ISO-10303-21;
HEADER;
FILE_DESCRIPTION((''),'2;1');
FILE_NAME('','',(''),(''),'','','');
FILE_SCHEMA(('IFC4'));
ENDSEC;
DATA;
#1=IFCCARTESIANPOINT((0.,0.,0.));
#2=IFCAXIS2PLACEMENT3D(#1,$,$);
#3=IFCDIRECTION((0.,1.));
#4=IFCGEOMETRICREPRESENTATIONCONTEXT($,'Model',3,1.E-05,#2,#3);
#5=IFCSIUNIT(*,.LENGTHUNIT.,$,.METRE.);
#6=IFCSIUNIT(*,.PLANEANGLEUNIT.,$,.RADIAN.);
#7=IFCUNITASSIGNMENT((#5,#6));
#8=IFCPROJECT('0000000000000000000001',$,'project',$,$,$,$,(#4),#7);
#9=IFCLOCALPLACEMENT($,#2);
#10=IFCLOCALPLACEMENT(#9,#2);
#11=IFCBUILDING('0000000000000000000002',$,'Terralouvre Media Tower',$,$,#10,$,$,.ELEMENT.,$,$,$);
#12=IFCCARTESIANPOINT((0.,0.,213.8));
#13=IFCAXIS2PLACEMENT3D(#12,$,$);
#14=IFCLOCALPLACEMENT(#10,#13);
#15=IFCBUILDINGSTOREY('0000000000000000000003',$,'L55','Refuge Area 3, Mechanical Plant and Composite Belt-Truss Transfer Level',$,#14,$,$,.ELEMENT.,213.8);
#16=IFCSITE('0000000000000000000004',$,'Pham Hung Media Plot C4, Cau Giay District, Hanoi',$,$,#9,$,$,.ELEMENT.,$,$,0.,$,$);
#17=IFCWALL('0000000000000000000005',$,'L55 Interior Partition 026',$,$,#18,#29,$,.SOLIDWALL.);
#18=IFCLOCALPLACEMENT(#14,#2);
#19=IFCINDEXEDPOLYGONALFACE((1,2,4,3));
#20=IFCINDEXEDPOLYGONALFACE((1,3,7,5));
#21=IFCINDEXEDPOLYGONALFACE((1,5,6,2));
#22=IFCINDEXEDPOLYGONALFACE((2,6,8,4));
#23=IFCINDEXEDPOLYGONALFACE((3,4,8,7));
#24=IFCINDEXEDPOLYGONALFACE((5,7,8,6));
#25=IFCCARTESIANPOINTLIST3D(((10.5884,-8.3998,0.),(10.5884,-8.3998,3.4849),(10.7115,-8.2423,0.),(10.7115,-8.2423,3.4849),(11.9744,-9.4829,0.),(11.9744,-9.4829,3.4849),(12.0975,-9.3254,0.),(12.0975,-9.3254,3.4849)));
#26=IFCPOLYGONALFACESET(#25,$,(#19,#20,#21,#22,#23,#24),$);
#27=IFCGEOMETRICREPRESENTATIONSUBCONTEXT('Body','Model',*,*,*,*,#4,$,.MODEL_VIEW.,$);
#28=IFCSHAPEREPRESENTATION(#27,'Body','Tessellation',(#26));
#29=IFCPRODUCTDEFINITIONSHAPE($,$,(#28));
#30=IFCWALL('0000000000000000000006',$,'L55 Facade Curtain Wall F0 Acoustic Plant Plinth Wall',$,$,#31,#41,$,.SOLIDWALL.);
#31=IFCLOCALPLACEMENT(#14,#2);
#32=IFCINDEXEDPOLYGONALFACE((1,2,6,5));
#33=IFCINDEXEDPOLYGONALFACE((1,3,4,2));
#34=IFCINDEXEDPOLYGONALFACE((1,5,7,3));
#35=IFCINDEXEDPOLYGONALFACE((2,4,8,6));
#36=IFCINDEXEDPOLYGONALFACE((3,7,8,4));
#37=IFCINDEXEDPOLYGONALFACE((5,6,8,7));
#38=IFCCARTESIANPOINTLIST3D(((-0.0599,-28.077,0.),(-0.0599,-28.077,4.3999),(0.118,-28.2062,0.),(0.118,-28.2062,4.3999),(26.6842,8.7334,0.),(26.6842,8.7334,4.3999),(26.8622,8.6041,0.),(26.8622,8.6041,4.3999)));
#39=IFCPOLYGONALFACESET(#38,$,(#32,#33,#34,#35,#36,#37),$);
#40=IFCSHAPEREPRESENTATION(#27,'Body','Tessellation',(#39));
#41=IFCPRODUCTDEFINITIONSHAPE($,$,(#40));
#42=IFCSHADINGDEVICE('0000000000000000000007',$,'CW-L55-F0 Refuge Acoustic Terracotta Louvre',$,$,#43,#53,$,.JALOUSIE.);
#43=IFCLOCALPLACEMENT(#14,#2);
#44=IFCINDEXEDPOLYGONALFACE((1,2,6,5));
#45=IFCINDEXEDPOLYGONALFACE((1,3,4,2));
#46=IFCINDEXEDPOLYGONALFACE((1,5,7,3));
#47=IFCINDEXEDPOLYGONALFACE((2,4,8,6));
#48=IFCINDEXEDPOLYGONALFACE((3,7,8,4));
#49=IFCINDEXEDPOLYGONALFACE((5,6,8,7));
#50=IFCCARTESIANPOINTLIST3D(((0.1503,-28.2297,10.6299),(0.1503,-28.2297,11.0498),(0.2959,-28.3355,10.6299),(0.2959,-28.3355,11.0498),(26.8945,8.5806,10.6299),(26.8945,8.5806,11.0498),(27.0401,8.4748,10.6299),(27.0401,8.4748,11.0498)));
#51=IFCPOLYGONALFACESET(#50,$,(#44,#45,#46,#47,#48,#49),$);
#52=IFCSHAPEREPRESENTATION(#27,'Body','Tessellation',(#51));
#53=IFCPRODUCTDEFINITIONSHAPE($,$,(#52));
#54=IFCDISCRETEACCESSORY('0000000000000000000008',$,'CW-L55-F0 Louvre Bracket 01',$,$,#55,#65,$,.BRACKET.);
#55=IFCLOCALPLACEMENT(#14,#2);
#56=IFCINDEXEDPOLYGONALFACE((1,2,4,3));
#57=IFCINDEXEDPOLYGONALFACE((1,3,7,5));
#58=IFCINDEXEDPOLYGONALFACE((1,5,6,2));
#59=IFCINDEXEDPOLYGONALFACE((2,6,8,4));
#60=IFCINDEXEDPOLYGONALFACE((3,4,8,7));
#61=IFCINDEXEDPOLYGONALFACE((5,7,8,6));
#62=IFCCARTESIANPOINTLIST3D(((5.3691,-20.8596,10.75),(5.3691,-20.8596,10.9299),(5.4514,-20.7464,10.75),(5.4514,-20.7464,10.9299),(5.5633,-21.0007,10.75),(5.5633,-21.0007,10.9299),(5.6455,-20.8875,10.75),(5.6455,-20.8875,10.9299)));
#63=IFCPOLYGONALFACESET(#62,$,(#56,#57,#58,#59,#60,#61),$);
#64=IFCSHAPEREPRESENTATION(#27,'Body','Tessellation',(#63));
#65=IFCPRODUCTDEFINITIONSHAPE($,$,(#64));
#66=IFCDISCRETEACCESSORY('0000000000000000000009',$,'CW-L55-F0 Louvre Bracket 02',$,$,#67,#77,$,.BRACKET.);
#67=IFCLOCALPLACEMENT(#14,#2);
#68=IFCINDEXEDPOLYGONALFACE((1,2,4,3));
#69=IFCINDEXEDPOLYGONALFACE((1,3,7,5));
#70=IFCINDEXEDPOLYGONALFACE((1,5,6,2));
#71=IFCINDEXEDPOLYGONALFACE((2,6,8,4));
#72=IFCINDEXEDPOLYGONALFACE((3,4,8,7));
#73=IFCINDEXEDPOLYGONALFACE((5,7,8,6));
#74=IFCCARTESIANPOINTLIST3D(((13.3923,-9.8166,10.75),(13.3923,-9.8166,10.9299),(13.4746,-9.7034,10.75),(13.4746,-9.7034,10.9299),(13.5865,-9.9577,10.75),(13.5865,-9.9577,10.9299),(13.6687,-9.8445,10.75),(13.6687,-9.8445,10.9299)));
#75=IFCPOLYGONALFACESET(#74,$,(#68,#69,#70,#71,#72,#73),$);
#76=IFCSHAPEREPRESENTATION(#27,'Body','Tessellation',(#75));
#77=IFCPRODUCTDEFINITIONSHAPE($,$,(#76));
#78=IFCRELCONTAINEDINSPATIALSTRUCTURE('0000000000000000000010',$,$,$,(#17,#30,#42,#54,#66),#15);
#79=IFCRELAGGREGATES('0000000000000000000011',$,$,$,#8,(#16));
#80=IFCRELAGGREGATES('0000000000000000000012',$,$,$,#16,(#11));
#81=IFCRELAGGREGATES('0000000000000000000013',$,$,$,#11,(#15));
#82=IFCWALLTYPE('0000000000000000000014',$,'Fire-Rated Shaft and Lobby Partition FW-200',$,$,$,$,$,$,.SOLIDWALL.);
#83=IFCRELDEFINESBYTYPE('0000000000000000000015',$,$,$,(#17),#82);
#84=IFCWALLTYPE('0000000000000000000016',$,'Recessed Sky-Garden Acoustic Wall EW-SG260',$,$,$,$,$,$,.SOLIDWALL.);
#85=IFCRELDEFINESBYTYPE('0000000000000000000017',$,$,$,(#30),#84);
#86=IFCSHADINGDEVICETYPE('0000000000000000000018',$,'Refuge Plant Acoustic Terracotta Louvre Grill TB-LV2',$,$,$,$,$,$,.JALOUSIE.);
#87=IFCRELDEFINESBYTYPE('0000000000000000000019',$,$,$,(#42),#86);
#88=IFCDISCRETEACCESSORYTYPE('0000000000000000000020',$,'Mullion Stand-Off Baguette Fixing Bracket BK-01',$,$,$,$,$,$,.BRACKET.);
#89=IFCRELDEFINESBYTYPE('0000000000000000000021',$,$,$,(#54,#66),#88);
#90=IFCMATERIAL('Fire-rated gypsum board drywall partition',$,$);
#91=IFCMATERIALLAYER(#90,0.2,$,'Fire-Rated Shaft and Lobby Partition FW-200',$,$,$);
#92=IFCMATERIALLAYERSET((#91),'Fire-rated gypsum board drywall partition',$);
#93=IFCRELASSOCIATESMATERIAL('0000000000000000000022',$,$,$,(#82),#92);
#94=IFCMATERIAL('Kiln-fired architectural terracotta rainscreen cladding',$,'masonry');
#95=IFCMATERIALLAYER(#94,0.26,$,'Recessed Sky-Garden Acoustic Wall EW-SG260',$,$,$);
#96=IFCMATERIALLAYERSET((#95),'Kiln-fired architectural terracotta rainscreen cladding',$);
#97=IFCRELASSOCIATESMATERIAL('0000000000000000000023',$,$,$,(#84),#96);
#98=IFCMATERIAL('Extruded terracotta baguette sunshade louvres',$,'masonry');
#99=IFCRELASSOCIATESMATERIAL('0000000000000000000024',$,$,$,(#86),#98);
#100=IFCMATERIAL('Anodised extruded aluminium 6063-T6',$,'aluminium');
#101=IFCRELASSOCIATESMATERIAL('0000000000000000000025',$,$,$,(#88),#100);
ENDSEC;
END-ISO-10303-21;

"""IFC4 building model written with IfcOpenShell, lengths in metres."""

from ifc_helpers import new_model, si_unit, direction, frame, frame_2d, origin, origin_2d, place, context, subcontext, project, spatial, rectangle, extrude, material, layer, layer_set, type_object, element, save


model = new_model("IFC4")

# Units and contexts
model_context = context("Model", 3, precision=1e-05, world=origin(), true_north=direction((0.0, 1.0)))
body_context = subcontext(model_context, "Body", "Model", "MODEL_VIEW")
ifc_project = project(units=[si_unit("LENGTHUNIT", "METRE"), si_unit("PLANEANGLEUNIT", "RADIAN")], contexts=[model_context])

# Site, building, storey
site_placement = place(None, origin())
site = spatial("IfcSite", under=ifc_project, at=site_placement, Name="Pham Hung Media Plot C4, Cau Giay District, Hanoi", CompositionType="ELEMENT", RefElevation=0.0)
building_placement = place(site_placement, origin())
building = spatial("IfcBuilding", under=site, at=building_placement, Name="Terralouvre Media Tower", CompositionType="ELEMENT")
storey_placement = place(building_placement, frame((0.0, 0.0, 213.8)))
storey = spatial("IfcBuildingStorey", under=building, at=storey_placement, Name="L55", Description="Refuge Area 3, Mechanical Plant and Composite Belt-Truss Transfer Level", CompositionType="ELEMENT", Elevation=213.8)

# Shared definitions
ifc_material_1 = material(Name="Fire-rated gypsum board drywall partition")
ifc_layer_1 = layer(ifc_material_1, 0.2, Name="Fire-Rated Shaft and Lobby Partition FW-200")
ifc_layer_set_1 = layer_set([ifc_layer_1], Name="Fire-rated gypsum board drywall partition")
wall_type_1 = type_object("IfcWallType", Name="Fire-Rated Shaft and Lobby Partition FW-200", PredefinedType="SOLIDWALL", material=ifc_layer_set_1)

# Walls
wall_1_placement = place(storey_placement, frame((12.0359, -9.4041, 0.0), z_axis=(0.0, 0.0, 1.0), x_axis=(-0.787968, 0.615717, 0.0)))
element("IfcWall", 1, at=wall_1_placement, inside=storey, type_object=wall_type_1, Name="L55 Interior Partition 026", PredefinedType="SOLIDWALL", context=body_context, shape_type="SweptSolid", body=[
    extrude(rectangle(XDim=1.759, YDim=0.2, at=frame_2d((0.8794, 0.0))), origin(), (0.0, 0.0, 1.0), 3.4849),
])
ifc_material_2 = material(Name="Kiln-fired architectural terracotta rainscreen cladding", Category="masonry")
ifc_layer_2 = layer(ifc_material_2, 0.26, Name="Recessed Sky-Garden Acoustic Wall EW-SG260")
ifc_layer_set_2 = layer_set([ifc_layer_2], Name="Kiln-fired architectural terracotta rainscreen cladding")
wall_type_2 = type_object("IfcWallType", Name="Recessed Sky-Garden Acoustic Wall EW-SG260", PredefinedType="SOLIDWALL", material=ifc_layer_set_2)
wall_2_placement = place(storey_placement, frame((0.0291, -28.1416, 0.0), z_axis=(0.0, 0.0, 1.0), x_axis=(0.587784, 0.809018, 0.0)))
element("IfcWall", 2, at=wall_2_placement, inside=storey, type_object=wall_type_2, Name="L55 Facade Curtain Wall F0 Acoustic Plant Plinth Wall", PredefinedType="SOLIDWALL", context=body_context, shape_type="SweptSolid", body=[
    extrude(rectangle(XDim=45.5, YDim=0.22, at=frame_2d((22.75, 0.0))), origin(), (0.0, 0.0, 1.0), 4.3999),
])

# Shading device
ifc_material_3 = material(Name="Extruded terracotta baguette sunshade louvres", Category="masonry")
shading_device_type = type_object("IfcShadingDeviceType", Name="Refuge Plant Acoustic Terracotta Louvre Grill TB-LV2", PredefinedType="JALOUSIE", material=ifc_material_3)
shading_device_placement = place(storey_placement, frame((13.5952, -9.8774, 10.6299), z_axis=(0.0, 0.0, 1.0), x_axis=(0.587785, 0.809017, 0.0)))
element("IfcShadingDevice", 3, at=shading_device_placement, inside=storey, type_object=shading_device_type, Name="CW-L55-F0 Refuge Acoustic Terracotta Louvre", PredefinedType="JALOUSIE", context=body_context, shape_type="SweptSolid", body=[
    extrude(rectangle(XDim=45.5, YDim=0.1799, at=origin_2d()), origin(), (0.0, 0.0, 1.0), 0.4199),
])

# Discrete accessories
ifc_material_4 = material(Name="Anodised extruded aluminium 6063-T6", Category="aluminium")
discrete_accessory_type = type_object("IfcDiscreteAccessoryType", Name="Mullion Stand-Off Baguette Fixing Bracket BK-01", PredefinedType="BRACKET", material=ifc_material_4)
for number, where, z_axis, x_axis, name in (
    (4, (5.5073, -20.8735, 10.75), (0.0, 0.0, 1.0), (0.587785, 0.809017, 0.0), "CW-L55-F0 Louvre Bracket 01"),
    (5, (13.5305, -9.8306, 10.75), (0.0, 0.0, 1.0), (0.587785, 0.809017, 0.0), "CW-L55-F0 Louvre Bracket 02"),
):
    element("IfcDiscreteAccessory", number, at=place(storey_placement, frame(where, z_axis=z_axis, x_axis=x_axis)), inside=storey, type_object=discrete_accessory_type, Name=name, PredefinedType="BRACKET", context=body_context, shape_type="SweptSolid", body=[
        extrude(rectangle(XDim=0.1399, YDim=0.24, at=origin_2d()), origin(), (0.0, 0.0, 1.0), 0.1799),
    ])

save(model, "model.ifc")
